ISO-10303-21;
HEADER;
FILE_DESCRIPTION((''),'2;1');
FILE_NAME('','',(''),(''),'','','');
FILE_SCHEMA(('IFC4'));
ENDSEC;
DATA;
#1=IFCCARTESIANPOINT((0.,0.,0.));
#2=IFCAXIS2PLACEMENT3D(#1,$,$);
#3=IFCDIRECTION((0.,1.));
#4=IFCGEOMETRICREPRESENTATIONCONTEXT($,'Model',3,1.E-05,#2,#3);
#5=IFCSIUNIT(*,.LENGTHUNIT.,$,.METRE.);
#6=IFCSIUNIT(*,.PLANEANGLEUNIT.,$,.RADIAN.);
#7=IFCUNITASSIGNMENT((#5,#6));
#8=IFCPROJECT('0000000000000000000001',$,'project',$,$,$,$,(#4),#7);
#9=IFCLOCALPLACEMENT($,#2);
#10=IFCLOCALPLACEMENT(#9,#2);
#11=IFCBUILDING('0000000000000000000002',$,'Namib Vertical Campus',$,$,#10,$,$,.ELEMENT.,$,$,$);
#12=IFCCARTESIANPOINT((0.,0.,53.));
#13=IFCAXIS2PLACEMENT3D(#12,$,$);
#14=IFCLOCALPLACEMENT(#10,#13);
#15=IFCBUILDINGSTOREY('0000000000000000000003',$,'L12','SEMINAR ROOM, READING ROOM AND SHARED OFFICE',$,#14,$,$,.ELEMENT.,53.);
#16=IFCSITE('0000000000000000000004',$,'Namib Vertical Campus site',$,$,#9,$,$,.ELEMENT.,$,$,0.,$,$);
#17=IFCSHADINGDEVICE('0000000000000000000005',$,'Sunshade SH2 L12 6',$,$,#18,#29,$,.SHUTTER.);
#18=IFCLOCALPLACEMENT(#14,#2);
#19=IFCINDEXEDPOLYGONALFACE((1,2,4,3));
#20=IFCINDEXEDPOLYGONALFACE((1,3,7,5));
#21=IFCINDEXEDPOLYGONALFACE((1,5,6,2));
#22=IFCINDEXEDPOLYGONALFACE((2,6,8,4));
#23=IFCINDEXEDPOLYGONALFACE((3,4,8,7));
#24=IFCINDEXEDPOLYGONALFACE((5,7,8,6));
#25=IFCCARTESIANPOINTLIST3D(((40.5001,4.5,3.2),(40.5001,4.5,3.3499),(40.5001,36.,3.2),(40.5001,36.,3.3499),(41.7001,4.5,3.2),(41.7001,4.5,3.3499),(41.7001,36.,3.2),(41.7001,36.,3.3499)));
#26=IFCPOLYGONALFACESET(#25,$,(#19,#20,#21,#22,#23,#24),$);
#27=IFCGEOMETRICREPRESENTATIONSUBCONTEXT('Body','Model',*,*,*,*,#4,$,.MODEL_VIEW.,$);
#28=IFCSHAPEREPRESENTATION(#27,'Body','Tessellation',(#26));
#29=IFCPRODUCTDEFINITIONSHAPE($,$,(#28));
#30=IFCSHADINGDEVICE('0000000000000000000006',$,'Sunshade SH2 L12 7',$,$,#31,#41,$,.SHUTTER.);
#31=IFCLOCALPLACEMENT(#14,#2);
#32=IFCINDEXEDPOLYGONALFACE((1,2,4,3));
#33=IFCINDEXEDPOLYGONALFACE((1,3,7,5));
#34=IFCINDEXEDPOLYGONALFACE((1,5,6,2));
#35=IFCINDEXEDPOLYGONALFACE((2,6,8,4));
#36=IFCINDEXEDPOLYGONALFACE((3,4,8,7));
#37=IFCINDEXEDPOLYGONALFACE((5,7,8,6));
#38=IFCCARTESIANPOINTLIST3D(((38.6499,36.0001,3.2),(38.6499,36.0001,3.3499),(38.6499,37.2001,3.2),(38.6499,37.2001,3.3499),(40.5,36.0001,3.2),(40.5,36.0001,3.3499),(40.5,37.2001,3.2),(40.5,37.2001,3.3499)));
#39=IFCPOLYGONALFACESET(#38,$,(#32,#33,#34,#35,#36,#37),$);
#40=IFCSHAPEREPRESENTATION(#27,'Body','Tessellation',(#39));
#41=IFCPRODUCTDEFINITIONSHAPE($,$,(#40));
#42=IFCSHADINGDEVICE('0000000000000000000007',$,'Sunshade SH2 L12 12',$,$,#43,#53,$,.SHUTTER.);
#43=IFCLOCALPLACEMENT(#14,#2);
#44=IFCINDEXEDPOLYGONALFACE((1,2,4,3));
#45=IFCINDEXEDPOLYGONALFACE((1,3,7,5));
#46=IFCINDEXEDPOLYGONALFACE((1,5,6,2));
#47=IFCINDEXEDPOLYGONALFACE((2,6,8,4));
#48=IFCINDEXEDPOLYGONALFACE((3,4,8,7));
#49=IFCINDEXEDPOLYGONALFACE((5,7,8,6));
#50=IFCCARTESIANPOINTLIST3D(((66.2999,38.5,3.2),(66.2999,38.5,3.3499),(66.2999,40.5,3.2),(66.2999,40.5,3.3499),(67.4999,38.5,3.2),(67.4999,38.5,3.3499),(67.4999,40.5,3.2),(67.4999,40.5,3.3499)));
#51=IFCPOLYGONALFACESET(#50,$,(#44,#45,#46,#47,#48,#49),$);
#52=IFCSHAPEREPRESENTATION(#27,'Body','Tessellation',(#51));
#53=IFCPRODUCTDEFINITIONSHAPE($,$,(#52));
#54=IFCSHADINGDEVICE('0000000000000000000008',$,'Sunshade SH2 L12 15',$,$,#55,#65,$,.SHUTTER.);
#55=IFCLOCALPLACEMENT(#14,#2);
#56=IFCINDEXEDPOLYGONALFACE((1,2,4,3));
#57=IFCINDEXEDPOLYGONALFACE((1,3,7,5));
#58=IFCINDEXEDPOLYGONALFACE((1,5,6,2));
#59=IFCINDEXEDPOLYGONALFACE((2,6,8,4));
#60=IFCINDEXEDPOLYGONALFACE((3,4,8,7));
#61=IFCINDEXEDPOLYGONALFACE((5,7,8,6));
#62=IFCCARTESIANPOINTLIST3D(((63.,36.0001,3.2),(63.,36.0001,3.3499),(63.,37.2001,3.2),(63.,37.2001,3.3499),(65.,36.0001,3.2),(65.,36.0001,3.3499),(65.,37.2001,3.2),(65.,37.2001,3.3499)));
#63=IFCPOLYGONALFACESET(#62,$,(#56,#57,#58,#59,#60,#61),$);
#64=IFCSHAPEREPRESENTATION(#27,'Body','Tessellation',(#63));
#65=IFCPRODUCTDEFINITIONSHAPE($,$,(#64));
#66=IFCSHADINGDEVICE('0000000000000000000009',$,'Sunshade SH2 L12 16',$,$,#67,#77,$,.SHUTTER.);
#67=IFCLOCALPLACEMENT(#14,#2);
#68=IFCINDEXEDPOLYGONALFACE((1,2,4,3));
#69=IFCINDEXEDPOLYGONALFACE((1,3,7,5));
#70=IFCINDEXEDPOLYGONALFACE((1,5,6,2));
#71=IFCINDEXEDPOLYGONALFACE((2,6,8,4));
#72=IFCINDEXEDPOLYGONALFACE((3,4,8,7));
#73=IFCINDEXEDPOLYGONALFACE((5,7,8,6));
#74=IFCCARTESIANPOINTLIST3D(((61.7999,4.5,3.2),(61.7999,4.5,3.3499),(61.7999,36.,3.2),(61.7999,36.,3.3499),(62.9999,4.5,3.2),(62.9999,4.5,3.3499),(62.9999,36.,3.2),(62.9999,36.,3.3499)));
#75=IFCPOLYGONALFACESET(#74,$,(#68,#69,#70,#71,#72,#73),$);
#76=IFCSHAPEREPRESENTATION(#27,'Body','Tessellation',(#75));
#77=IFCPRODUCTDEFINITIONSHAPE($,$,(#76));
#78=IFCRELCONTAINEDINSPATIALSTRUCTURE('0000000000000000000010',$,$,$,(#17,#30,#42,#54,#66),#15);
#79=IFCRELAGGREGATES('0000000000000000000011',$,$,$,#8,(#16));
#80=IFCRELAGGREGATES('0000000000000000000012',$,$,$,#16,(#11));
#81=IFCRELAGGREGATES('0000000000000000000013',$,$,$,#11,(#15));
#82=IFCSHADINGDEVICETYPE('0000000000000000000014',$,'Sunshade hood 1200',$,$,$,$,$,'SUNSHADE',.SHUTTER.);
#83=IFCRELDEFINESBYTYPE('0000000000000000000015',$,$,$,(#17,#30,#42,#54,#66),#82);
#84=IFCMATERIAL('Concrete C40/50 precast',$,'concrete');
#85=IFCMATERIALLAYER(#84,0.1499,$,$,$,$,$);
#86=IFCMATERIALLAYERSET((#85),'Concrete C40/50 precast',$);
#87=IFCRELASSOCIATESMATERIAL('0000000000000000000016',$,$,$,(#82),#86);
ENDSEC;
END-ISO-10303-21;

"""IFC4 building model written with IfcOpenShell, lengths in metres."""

from ifc_helpers import new_model, si_unit, direction, frame, origin, origin_2d, place, context, subcontext, project, spatial, rectangle, extrude, material, layer, layer_set, type_object, element, save


model = new_model("IFC4")

# Units and contexts
model_context = context("Model", 3, precision=1e-05, world=origin(), true_north=direction((0.0, 1.0)))
body_context = subcontext(model_context, "Body", "Model", "MODEL_VIEW")
ifc_project = project(units=[si_unit("LENGTHUNIT", "METRE"), si_unit("PLANEANGLEUNIT", "RADIAN")], contexts=[model_context])

# Site, building, storey
site_placement = place(None, origin())
site = spatial("IfcSite", under=ifc_project, at=site_placement, Name="Namib Vertical Campus site", CompositionType="ELEMENT", RefElevation=0.0)
building_placement = place(site_placement, origin())
building = spatial("IfcBuilding", under=site, at=building_placement, Name="Namib Vertical Campus", CompositionType="ELEMENT")
storey_placement = place(building_placement, frame((0.0, 0.0, 53.0)))
storey = spatial("IfcBuildingStorey", under=building, at=storey_placement, Name="L12", Description="SEMINAR ROOM, READING ROOM AND SHARED OFFICE", CompositionType="ELEMENT", Elevation=53.0)

# Shading devices
ifc_material_1 = material(Name="Concrete C40/50 precast", Category="concrete")
ifc_layer_1 = layer(ifc_material_1, 0.1499)
ifc_layer_set_1 = layer_set([ifc_layer_1], Name="Concrete C40/50 precast")
shading_device_type = type_object("IfcShadingDeviceType", Name="Sunshade hood 1200", ElementType="SUNSHADE", PredefinedType="SHUTTER", material=ifc_layer_set_1)
shading_device_1_placement = place(storey_placement, frame((41.1001, 20.25, 3.2), z_axis=(0.0, 0.0, 1.0), x_axis=(0.0, 1.0, 0.0)))
element("IfcShadingDevice", 1, at=shading_device_1_placement, inside=storey, type_object=shading_device_type, Name="Sunshade SH2 L12 6", PredefinedType="SHUTTER", context=body_context, shape_type="SweptSolid", body=[
    extrude(rectangle(XDim=31.5, YDim=1.2, at=origin_2d()), origin(), (0.0, 0.0, 1.0), 0.1499),
])
shading_device_2_placement = place(storey_placement, frame((39.575, 36.6001, 3.2), z_axis=(0.0, 0.0, 1.0), x_axis=(-1.0, 0.0, 0.0)))
element("IfcShadingDevice", 2, at=shading_device_2_placement, inside=storey, type_object=shading_device_type, Name="Sunshade SH2 L12 7", PredefinedType="SHUTTER", context=body_context, shape_type="SweptSolid", body=[
    extrude(rectangle(XDim=1.8501, YDim=1.2, at=origin_2d()), origin(), (0.0, 0.0, 1.0), 0.1499),
])
for number, where, z_axis, x_axis, name in (
    (3, (66.8999, 39.5, 3.2), (0.0, 0.0, 1.0), (0.0, -1.0, 0.0), "Sunshade SH2 L12 12"),
    (4, (64.0, 36.6001, 3.2), (0.0, 0.0, 1.0), (-1.0, 0.0, 0.0), "Sunshade SH2 L12 15"),
):
    element("IfcShadingDevice", number, at=place(storey_placement, frame(where, z_axis=z_axis, x_axis=x_axis)), inside=storey, type_object=shading_device_type, Name=name, PredefinedType="SHUTTER", context=body_context, shape_type="SweptSolid", body=[
        extrude(rectangle(XDim=2.0, YDim=1.2, at=origin_2d()), origin(), (0.0, 0.0, 1.0), 0.1499),
    ])
shading_device_3_placement = place(storey_placement, frame((62.3999, 20.25, 3.2), z_axis=(0.0, 0.0, 1.0), x_axis=(0.0, -1.0, 0.0)))
element("IfcShadingDevice", 5, at=shading_device_3_placement, inside=storey, type_object=shading_device_type, Name="Sunshade SH2 L12 16", PredefinedType="SHUTTER", context=body_context, shape_type="SweptSolid", body=[
    extrude(rectangle(XDim=31.5, YDim=1.2, at=origin_2d()), origin(), (0.0, 0.0, 1.0), 0.1499),
])

save(model, "model.ifc")
